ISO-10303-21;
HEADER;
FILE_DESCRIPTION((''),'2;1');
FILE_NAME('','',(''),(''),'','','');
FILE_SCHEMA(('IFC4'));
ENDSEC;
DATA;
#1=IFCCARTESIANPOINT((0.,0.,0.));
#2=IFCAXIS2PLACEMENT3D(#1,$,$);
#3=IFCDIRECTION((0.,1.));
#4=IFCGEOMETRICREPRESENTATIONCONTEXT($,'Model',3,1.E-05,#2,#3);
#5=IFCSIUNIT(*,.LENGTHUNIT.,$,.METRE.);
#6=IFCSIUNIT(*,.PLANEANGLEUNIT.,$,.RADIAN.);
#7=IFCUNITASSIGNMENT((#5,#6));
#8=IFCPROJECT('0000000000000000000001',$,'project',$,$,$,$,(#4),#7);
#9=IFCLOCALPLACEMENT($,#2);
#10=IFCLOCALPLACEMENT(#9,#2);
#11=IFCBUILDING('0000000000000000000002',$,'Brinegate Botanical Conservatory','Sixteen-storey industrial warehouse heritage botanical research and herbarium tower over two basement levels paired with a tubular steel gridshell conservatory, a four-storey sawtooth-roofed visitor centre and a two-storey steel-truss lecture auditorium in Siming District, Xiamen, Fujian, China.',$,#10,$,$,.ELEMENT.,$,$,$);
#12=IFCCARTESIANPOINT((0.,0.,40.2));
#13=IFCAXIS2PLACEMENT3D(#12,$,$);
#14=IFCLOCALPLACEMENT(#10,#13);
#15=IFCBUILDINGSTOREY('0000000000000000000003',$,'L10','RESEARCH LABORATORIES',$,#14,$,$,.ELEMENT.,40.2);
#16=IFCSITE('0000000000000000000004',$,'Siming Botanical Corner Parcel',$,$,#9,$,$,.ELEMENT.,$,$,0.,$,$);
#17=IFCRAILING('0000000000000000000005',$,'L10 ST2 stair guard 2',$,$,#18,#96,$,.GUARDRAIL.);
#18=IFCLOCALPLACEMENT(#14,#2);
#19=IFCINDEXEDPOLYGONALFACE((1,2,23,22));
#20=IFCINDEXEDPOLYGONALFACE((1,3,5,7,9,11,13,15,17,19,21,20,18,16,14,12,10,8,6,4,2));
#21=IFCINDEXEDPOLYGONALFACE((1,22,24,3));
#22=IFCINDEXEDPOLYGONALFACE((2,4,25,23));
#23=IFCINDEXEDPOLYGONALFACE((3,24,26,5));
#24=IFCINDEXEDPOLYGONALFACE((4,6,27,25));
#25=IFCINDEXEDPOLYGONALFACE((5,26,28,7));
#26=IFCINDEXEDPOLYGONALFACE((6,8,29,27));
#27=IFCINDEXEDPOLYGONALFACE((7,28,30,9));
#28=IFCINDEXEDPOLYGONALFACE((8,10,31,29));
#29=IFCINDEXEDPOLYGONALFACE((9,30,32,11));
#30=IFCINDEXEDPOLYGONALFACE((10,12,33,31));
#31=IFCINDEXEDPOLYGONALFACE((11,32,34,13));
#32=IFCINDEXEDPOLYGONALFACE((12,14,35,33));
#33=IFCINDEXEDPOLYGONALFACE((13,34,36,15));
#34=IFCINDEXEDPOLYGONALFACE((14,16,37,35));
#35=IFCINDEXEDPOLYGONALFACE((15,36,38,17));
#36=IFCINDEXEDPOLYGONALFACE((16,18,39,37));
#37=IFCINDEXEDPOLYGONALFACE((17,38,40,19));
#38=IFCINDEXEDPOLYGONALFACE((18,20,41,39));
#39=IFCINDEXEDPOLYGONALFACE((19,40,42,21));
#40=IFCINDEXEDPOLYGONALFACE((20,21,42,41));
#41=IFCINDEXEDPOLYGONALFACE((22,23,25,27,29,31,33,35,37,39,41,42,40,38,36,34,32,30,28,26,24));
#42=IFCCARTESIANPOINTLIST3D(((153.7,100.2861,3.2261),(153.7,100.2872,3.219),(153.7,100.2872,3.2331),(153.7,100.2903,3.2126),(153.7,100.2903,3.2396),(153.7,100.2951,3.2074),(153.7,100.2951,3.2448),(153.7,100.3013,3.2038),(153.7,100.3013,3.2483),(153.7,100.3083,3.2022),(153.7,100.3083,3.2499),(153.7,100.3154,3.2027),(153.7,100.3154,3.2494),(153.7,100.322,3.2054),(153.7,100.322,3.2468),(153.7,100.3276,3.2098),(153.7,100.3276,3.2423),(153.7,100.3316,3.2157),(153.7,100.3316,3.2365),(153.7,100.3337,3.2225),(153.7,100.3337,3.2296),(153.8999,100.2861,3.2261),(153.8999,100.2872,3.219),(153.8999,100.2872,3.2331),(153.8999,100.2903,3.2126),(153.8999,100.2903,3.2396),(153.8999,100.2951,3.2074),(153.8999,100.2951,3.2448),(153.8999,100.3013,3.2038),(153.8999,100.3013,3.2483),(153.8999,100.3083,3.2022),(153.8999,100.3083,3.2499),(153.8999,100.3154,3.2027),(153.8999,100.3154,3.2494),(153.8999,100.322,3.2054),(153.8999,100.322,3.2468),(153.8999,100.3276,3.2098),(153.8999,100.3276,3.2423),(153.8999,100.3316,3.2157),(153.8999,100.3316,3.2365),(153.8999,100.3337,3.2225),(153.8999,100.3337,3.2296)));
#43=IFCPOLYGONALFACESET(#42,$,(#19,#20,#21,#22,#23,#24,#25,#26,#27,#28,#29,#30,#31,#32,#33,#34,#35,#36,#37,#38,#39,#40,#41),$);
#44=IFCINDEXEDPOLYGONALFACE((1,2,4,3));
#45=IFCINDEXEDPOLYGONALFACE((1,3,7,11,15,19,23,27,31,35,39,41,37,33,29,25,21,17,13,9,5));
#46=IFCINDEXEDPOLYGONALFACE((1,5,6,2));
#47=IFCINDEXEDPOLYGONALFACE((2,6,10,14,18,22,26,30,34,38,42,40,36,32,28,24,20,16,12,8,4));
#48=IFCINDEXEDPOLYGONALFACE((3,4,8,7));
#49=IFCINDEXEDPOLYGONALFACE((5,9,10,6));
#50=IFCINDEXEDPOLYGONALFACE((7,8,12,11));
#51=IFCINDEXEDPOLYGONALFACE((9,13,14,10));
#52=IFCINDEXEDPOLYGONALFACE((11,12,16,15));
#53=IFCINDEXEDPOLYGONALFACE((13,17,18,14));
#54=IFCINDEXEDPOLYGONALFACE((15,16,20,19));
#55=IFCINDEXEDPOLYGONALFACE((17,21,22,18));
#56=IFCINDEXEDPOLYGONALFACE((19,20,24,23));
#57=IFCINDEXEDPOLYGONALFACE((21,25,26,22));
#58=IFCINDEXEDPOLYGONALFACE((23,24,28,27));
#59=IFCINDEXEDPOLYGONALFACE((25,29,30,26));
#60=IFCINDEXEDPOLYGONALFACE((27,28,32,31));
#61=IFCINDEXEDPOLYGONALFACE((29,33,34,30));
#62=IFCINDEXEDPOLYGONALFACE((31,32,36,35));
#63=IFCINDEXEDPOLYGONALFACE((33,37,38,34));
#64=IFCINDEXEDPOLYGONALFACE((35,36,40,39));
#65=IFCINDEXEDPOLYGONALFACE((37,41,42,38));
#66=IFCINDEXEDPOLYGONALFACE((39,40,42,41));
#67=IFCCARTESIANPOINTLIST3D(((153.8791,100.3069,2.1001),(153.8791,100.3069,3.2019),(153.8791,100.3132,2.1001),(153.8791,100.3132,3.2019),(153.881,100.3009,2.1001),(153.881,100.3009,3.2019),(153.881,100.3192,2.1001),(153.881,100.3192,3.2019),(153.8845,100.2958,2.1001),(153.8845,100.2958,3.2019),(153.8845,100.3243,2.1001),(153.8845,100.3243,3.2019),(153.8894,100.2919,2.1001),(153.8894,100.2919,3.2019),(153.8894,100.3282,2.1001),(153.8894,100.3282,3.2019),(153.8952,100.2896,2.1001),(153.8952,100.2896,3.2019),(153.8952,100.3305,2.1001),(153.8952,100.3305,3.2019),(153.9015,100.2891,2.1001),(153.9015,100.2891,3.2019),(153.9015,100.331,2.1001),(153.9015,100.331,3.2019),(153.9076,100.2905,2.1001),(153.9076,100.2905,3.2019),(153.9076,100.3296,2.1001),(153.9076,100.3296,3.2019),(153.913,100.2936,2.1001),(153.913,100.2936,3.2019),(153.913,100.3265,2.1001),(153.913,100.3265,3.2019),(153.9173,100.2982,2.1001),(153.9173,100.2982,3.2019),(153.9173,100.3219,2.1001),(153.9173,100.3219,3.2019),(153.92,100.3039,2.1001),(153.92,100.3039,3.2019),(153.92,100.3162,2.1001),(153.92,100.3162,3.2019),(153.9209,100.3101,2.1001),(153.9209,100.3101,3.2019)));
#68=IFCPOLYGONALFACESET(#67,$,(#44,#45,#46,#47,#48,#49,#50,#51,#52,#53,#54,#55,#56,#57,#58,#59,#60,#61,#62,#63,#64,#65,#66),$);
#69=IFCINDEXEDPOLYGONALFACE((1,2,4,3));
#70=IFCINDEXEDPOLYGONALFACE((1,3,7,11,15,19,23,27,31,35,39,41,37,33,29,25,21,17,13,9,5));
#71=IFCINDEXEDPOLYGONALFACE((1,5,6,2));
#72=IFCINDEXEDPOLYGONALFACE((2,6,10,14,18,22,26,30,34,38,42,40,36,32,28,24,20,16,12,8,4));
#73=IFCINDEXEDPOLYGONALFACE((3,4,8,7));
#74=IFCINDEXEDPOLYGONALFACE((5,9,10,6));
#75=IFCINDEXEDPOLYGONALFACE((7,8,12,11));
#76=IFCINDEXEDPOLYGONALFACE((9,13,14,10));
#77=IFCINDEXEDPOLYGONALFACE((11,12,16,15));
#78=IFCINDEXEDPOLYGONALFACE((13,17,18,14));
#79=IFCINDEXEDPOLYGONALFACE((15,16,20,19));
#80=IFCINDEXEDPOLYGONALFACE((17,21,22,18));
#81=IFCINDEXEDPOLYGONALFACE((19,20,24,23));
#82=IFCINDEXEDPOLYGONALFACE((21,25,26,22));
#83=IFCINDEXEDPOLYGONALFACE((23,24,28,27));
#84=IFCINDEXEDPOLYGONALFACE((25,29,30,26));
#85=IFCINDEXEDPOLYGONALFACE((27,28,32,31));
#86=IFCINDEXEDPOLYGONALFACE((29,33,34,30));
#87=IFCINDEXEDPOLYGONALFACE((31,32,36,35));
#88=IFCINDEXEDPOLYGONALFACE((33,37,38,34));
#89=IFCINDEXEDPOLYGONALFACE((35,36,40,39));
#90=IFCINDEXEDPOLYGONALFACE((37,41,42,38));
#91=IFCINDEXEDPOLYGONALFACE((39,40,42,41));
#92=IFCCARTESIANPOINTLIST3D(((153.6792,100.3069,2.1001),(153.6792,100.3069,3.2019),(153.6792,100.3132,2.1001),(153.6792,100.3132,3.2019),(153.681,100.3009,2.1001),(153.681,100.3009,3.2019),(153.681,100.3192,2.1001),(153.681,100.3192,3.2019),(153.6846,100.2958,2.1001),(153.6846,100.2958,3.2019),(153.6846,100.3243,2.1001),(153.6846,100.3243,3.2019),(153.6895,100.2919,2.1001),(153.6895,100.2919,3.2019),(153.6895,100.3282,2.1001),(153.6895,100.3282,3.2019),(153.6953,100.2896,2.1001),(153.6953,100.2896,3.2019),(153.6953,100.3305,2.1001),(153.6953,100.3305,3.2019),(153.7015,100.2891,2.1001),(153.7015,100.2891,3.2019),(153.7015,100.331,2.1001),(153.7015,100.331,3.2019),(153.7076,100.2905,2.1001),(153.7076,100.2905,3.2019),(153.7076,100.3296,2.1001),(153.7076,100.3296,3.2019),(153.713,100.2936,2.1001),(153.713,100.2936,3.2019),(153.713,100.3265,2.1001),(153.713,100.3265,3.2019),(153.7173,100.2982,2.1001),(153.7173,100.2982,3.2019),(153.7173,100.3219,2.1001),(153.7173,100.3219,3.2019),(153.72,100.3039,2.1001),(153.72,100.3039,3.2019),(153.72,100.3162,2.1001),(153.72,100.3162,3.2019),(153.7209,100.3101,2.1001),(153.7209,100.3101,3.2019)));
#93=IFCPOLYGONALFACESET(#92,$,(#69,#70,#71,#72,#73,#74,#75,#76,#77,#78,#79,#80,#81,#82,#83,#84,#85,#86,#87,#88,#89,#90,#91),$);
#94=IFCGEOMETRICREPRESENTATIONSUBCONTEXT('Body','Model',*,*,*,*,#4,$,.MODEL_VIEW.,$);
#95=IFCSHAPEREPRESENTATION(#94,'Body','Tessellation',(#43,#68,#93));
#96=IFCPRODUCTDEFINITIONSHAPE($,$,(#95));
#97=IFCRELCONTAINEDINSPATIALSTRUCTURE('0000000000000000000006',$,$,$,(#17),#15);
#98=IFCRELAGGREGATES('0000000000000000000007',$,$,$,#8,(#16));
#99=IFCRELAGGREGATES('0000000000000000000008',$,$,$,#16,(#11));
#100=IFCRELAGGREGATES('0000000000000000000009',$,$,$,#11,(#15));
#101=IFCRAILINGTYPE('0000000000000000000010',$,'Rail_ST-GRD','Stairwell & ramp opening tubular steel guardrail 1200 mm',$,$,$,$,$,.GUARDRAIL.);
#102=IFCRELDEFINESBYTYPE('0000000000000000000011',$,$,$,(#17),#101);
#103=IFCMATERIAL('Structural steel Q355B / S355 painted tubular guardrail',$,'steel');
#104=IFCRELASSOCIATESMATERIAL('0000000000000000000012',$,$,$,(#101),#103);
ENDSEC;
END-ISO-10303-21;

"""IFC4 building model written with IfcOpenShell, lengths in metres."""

from ifc_helpers import new_model, si_unit, direction, frame, origin, origin_2d, place, context, subcontext, project, spatial, circle, extrude, material, type_object, element, save


model = new_model("IFC4")

# Units and contexts
model_context = context("Model", 3, precision=1e-05, world=origin(), true_north=direction((0.0, 1.0)))
body_context = subcontext(model_context, "Body", "Model", "MODEL_VIEW")
ifc_project = project(units=[si_unit("LENGTHUNIT", "METRE"), si_unit("PLANEANGLEUNIT", "RADIAN")], contexts=[model_context])

# Site, building, storey
site_placement = place(None, origin())
site = spatial("IfcSite", under=ifc_project, at=site_placement, Name="Siming Botanical Corner Parcel", CompositionType="ELEMENT", RefElevation=0.0)
building_placement = place(site_placement, origin())
building = spatial("IfcBuilding", under=site, at=building_placement, Name="Brinegate Botanical Conservatory", Description="Sixteen-storey industrial warehouse heritage botanical research and herbarium tower over two basement levels paired with a tubular steel gridshell conservatory, a four-storey sawtooth-roofed visitor centre and a two-storey steel-truss lecture auditorium in Siming District, Xiamen, Fujian, China.", CompositionType="ELEMENT")
storey_placement = place(building_placement, frame((0.0, 0.0, 40.2)))
storey = spatial("IfcBuildingStorey", under=building, at=storey_placement, Name="L10", Description="RESEARCH LABORATORIES", CompositionType="ELEMENT", Elevation=40.2)

# Railing
ifc_material_1 = material(Name="Structural steel Q355B / S355 painted tubular guardrail", Category="steel")
railing_type_1 = type_object("IfcRailingType", Name="Rail_ST-GRD", Description="Stairwell & ramp opening tubular steel guardrail 1200 mm", PredefinedType="GUARDRAIL", material=ifc_material_1)
railing_1_placement = place(storey_placement, frame((153.8999, 100.3101, 2.1001)))
element("IfcRailing", 1, at=railing_1_placement, inside=storey, type_object=railing_type_1, Name="L10 ST2 stair guard 2", PredefinedType="GUARDRAIL", context=body_context, shape_type="SweptSolid", body=[
    extrude(circle(Radius=0.0239, at=origin_2d()), frame((0.0, 0.0, 1.126), z_axis=(-1.0, 0.0, 0.0), x_axis=(0.0, -1.0, 0.0)), (0.0, 0.0, 1.0), 0.2),
    extrude(circle(Radius=0.021, at=origin_2d()), origin(), (0.0, 0.0, 1.0), 1.1018),
    extrude(circle(Radius=0.021, at=origin_2d()), frame((-0.2, 0.0, 0.0)), (0.0, 0.0, 1.0), 1.1018),
])

save(model, "model.ifc")
